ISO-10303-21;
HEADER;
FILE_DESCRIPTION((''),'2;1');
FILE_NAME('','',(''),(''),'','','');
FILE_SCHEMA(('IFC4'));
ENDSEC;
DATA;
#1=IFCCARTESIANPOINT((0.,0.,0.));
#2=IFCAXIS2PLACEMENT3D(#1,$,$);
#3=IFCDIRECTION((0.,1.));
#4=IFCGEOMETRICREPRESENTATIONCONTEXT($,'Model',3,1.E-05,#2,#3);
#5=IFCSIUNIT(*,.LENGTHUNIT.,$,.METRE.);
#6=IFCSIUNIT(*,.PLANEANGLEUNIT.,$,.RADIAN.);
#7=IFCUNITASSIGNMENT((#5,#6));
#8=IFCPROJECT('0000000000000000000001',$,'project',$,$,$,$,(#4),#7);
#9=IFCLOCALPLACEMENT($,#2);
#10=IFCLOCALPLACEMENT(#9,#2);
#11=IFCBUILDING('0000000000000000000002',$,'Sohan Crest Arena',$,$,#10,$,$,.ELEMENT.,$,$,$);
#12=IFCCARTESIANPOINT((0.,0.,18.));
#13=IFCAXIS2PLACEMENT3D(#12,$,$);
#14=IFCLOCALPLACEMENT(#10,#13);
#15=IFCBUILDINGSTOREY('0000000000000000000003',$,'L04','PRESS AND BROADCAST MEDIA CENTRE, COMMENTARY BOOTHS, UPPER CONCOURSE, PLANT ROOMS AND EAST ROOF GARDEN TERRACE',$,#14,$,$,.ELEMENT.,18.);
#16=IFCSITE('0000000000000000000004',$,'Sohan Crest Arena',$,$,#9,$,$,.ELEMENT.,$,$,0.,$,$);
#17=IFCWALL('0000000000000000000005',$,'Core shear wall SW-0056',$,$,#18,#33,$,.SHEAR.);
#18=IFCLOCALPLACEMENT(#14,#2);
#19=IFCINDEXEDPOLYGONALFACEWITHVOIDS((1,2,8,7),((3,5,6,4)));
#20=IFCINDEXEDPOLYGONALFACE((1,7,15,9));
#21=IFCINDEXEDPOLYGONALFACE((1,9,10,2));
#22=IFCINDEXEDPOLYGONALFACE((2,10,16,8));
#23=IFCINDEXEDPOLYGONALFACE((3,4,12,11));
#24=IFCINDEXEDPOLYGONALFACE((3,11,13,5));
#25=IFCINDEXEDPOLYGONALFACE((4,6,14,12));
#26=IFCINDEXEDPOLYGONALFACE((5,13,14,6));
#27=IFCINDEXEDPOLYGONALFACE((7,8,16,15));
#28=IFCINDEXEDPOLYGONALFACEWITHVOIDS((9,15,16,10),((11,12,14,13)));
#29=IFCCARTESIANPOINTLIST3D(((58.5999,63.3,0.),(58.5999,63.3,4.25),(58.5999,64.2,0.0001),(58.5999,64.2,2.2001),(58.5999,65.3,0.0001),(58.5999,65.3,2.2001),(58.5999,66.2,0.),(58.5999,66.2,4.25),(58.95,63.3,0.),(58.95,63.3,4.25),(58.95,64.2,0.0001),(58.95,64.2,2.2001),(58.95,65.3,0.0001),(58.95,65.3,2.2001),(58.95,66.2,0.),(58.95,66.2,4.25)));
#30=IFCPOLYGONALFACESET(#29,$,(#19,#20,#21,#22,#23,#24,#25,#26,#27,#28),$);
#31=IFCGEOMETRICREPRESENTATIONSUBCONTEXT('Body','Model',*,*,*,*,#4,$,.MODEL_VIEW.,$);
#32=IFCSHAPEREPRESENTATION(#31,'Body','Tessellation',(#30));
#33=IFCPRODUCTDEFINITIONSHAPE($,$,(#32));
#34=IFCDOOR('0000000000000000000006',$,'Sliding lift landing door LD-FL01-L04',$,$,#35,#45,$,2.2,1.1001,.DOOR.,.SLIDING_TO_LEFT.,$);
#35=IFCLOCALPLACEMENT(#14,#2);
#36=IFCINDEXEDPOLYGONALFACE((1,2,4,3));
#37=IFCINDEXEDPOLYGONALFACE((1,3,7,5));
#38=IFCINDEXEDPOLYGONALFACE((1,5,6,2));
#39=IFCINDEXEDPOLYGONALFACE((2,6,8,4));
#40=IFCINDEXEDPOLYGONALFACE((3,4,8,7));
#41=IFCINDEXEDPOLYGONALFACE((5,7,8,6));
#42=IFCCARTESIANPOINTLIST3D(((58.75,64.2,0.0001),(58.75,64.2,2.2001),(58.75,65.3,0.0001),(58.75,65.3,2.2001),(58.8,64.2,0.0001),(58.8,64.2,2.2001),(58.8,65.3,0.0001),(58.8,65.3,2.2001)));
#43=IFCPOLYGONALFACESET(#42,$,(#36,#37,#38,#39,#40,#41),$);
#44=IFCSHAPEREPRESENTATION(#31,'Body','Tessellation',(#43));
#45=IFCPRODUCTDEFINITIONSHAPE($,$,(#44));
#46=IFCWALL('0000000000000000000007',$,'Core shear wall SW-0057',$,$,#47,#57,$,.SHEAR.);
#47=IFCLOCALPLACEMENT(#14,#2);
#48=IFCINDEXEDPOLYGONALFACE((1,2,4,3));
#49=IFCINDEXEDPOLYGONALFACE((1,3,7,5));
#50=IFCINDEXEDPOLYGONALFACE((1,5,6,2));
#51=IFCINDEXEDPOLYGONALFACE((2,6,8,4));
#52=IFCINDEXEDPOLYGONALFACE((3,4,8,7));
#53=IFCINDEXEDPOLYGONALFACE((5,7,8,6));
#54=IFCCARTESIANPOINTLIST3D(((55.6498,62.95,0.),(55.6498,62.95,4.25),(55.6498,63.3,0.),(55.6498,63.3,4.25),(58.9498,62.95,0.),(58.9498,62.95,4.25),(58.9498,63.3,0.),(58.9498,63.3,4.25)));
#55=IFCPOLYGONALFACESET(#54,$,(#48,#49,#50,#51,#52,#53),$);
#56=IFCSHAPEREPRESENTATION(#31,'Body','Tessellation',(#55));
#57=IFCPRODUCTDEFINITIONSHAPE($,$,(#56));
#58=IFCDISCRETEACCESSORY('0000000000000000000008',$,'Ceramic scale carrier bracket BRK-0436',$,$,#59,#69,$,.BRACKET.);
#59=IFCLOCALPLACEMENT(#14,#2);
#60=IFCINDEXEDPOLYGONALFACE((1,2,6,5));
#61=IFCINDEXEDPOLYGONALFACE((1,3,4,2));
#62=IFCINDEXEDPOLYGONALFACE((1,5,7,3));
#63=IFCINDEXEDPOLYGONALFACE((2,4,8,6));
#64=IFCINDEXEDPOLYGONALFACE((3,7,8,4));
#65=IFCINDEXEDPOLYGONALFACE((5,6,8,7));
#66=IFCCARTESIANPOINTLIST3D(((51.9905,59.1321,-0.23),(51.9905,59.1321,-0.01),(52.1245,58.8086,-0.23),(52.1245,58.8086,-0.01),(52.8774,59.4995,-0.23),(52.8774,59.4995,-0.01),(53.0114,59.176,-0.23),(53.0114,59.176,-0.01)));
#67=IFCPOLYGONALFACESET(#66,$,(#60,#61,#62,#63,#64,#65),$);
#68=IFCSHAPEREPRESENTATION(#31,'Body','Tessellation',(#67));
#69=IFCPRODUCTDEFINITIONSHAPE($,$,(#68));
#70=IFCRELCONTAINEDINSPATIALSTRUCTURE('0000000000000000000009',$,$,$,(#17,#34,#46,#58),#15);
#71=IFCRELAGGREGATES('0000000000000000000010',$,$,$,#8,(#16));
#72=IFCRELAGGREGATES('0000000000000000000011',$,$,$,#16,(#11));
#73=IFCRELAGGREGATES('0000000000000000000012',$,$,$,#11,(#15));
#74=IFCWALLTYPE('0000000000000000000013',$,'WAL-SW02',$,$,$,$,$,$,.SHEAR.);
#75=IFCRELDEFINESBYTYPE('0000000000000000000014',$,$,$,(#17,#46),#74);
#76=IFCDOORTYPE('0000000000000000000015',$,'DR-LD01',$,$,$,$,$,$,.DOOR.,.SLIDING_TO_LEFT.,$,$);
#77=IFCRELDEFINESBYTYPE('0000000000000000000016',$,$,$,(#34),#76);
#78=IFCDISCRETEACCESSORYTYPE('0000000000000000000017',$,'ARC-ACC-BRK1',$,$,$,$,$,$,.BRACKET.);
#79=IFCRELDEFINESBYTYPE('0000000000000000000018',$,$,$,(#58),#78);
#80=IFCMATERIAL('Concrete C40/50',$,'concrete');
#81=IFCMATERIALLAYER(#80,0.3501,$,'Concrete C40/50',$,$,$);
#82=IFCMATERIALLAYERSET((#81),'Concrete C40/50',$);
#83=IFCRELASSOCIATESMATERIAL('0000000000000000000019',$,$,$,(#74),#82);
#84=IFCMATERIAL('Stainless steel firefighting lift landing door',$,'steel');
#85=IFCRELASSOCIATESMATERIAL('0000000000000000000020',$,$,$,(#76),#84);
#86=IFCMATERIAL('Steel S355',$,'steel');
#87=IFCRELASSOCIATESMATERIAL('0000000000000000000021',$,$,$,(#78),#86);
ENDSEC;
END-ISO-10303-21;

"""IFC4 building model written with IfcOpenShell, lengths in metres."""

from ifc_helpers import new_model, si_unit, direction, frame, frame_2d, origin, origin_2d, place, context, subcontext, project, spatial, rectangle, extrude, material, layer, layer_set, type_object, element, fill, save


model = new_model("IFC4")

# Units and contexts
model_context = context("Model", 3, precision=1e-05, world=origin(), true_north=direction((0.0, 1.0)))
body_context = subcontext(model_context, "Body", "Model", "MODEL_VIEW")
ifc_project = project(units=[si_unit("LENGTHUNIT", "METRE"), si_unit("PLANEANGLEUNIT", "RADIAN")], contexts=[model_context])

# Site, building, storey
site_placement = place(None, origin())
site = spatial("IfcSite", under=ifc_project, at=site_placement, Name="Sohan Crest Arena", CompositionType="ELEMENT", RefElevation=0.0)
building_placement = place(site_placement, origin())
building = spatial("IfcBuilding", under=site, at=building_placement, Name="Sohan Crest Arena", CompositionType="ELEMENT")
storey_placement = place(building_placement, frame((0.0, 0.0, 18.0)))
storey = spatial("IfcBuildingStorey", under=building, at=storey_placement, Name="L04", Description="PRESS AND BROADCAST MEDIA CENTRE, COMMENTARY BOOTHS, UPPER CONCOURSE, PLANT ROOMS AND EAST ROOF GARDEN TERRACE", CompositionType="ELEMENT", Elevation=18.0)

# Shared definitions
ifc_material_1 = material(Name="Steel S355", Category="steel")

# Shared definitions
ifc_material_2 = material(Name="Concrete C40/50", Category="concrete")
ifc_layer_1 = layer(ifc_material_2, 0.3501, Name="Concrete C40/50")
ifc_layer_set_1 = layer_set([ifc_layer_1], Name="Concrete C40/50")
wall_type_1 = type_object("IfcWallType", Name="WAL-SW02", PredefinedType="SHEAR", material=ifc_layer_set_1)

# Wall, opening, door
wall_1_placement = place(storey_placement, frame((58.7749, 63.3, 0.0), z_axis=(0.0, 0.0, 1.0), x_axis=(0.0, 1.0, 0.0)))
wall_1 = element("IfcWall", 1, at=wall_1_placement, inside=storey, type_object=wall_type_1, Name="Core shear wall SW-0056", PredefinedType="SHEAR", context=body_context, shape_type="SweptSolid", body=[
    extrude(rectangle(XDim=2.8999, YDim=0.3501, at=frame_2d((1.45, 0.0))), origin(), (0.0, 0.0, 1.0), 4.25),
])
opening_1_placement = place(wall_1_placement, frame((0.8999, 0.0, 0.0)))
opening_1 = element("IfcOpeningElement", 2, at=opening_1_placement, cuts=wall_1, PredefinedType="OPENING", context=body_context, shape_type="SweptSolid", body=[
    extrude(rectangle(XDim=1.1001, YDim=2.2, at=frame_2d((0.55, 1.1001))), frame((0.0, 0.1851, 0.0), z_axis=(0.0, -1.0, 0.0), x_axis=(1.0, 0.0, 0.0)), (0.0, 0.0, 1.0), 0.3701),
])
ifc_material_3 = material(Name="Stainless steel firefighting lift landing door", Category="steel")
door_type_1 = type_object("IfcDoorType", Name="DR-LD01", OperationType="SLIDING_TO_LEFT", PredefinedType="DOOR", material=ifc_material_3)
door_1_placement = place(opening_1_placement, origin())
door_1 = element("IfcDoor", 3, at=door_1_placement, inside=storey, type_object=door_type_1, Name="Sliding lift landing door LD-FL01-L04", OperationType="SLIDING_TO_LEFT", OverallHeight=2.2, OverallWidth=1.1001, PredefinedType="DOOR", context=body_context, shape_type="SweptSolid", body=[
    extrude(rectangle(XDim=1.1001, YDim=2.2, at=frame_2d((0.55, 1.1001))), frame((0.0, 0.0249, 0.0), z_axis=(0.0, -1.0, 0.0), x_axis=(1.0, 0.0, 0.0)), (0.0, 0.0, 1.0), 0.05),
])
fill(opening_1, door_1)

# Wall
wall_2_placement = place(storey_placement, frame((55.6499, 63.125, 0.0), z_axis=(0.0, 0.0, 1.0), x_axis=(1.0, 0.0, 0.0)))
element("IfcWall", 4, at=wall_2_placement, inside=storey, type_object=wall_type_1, Name="Core shear wall SW-0057", PredefinedType="SHEAR", context=body_context, shape_type="SweptSolid", body=[
    extrude(rectangle(XDim=3.3, YDim=0.3501, at=frame_2d((1.6499, 0.0))), origin(), (0.0, 0.0, 1.0), 4.25),
])

# Discrete accessory
discrete_accessory_type = type_object("IfcDiscreteAccessoryType", Name="ARC-ACC-BRK1", PredefinedType="BRACKET", material=ifc_material_1)
discrete_accessory_placement = place(storey_placement, frame((52.501, 59.1541, -0.23), z_axis=(0.0, 0.0, 1.0), x_axis=(0.382683, -0.92388, 0.0)))
element("IfcDiscreteAccessory", 5, at=discrete_accessory_placement, inside=storey, type_object=discrete_accessory_type, Name="Ceramic scale carrier bracket BRK-0436", PredefinedType="BRACKET", context=body_context, shape_type="SweptSolid", body=[
    extrude(rectangle(XDim=0.3501, YDim=0.96, at=origin_2d()), origin(), (0.0, 0.0, 1.0), 0.22),
])

save(model, "model.ifc")
